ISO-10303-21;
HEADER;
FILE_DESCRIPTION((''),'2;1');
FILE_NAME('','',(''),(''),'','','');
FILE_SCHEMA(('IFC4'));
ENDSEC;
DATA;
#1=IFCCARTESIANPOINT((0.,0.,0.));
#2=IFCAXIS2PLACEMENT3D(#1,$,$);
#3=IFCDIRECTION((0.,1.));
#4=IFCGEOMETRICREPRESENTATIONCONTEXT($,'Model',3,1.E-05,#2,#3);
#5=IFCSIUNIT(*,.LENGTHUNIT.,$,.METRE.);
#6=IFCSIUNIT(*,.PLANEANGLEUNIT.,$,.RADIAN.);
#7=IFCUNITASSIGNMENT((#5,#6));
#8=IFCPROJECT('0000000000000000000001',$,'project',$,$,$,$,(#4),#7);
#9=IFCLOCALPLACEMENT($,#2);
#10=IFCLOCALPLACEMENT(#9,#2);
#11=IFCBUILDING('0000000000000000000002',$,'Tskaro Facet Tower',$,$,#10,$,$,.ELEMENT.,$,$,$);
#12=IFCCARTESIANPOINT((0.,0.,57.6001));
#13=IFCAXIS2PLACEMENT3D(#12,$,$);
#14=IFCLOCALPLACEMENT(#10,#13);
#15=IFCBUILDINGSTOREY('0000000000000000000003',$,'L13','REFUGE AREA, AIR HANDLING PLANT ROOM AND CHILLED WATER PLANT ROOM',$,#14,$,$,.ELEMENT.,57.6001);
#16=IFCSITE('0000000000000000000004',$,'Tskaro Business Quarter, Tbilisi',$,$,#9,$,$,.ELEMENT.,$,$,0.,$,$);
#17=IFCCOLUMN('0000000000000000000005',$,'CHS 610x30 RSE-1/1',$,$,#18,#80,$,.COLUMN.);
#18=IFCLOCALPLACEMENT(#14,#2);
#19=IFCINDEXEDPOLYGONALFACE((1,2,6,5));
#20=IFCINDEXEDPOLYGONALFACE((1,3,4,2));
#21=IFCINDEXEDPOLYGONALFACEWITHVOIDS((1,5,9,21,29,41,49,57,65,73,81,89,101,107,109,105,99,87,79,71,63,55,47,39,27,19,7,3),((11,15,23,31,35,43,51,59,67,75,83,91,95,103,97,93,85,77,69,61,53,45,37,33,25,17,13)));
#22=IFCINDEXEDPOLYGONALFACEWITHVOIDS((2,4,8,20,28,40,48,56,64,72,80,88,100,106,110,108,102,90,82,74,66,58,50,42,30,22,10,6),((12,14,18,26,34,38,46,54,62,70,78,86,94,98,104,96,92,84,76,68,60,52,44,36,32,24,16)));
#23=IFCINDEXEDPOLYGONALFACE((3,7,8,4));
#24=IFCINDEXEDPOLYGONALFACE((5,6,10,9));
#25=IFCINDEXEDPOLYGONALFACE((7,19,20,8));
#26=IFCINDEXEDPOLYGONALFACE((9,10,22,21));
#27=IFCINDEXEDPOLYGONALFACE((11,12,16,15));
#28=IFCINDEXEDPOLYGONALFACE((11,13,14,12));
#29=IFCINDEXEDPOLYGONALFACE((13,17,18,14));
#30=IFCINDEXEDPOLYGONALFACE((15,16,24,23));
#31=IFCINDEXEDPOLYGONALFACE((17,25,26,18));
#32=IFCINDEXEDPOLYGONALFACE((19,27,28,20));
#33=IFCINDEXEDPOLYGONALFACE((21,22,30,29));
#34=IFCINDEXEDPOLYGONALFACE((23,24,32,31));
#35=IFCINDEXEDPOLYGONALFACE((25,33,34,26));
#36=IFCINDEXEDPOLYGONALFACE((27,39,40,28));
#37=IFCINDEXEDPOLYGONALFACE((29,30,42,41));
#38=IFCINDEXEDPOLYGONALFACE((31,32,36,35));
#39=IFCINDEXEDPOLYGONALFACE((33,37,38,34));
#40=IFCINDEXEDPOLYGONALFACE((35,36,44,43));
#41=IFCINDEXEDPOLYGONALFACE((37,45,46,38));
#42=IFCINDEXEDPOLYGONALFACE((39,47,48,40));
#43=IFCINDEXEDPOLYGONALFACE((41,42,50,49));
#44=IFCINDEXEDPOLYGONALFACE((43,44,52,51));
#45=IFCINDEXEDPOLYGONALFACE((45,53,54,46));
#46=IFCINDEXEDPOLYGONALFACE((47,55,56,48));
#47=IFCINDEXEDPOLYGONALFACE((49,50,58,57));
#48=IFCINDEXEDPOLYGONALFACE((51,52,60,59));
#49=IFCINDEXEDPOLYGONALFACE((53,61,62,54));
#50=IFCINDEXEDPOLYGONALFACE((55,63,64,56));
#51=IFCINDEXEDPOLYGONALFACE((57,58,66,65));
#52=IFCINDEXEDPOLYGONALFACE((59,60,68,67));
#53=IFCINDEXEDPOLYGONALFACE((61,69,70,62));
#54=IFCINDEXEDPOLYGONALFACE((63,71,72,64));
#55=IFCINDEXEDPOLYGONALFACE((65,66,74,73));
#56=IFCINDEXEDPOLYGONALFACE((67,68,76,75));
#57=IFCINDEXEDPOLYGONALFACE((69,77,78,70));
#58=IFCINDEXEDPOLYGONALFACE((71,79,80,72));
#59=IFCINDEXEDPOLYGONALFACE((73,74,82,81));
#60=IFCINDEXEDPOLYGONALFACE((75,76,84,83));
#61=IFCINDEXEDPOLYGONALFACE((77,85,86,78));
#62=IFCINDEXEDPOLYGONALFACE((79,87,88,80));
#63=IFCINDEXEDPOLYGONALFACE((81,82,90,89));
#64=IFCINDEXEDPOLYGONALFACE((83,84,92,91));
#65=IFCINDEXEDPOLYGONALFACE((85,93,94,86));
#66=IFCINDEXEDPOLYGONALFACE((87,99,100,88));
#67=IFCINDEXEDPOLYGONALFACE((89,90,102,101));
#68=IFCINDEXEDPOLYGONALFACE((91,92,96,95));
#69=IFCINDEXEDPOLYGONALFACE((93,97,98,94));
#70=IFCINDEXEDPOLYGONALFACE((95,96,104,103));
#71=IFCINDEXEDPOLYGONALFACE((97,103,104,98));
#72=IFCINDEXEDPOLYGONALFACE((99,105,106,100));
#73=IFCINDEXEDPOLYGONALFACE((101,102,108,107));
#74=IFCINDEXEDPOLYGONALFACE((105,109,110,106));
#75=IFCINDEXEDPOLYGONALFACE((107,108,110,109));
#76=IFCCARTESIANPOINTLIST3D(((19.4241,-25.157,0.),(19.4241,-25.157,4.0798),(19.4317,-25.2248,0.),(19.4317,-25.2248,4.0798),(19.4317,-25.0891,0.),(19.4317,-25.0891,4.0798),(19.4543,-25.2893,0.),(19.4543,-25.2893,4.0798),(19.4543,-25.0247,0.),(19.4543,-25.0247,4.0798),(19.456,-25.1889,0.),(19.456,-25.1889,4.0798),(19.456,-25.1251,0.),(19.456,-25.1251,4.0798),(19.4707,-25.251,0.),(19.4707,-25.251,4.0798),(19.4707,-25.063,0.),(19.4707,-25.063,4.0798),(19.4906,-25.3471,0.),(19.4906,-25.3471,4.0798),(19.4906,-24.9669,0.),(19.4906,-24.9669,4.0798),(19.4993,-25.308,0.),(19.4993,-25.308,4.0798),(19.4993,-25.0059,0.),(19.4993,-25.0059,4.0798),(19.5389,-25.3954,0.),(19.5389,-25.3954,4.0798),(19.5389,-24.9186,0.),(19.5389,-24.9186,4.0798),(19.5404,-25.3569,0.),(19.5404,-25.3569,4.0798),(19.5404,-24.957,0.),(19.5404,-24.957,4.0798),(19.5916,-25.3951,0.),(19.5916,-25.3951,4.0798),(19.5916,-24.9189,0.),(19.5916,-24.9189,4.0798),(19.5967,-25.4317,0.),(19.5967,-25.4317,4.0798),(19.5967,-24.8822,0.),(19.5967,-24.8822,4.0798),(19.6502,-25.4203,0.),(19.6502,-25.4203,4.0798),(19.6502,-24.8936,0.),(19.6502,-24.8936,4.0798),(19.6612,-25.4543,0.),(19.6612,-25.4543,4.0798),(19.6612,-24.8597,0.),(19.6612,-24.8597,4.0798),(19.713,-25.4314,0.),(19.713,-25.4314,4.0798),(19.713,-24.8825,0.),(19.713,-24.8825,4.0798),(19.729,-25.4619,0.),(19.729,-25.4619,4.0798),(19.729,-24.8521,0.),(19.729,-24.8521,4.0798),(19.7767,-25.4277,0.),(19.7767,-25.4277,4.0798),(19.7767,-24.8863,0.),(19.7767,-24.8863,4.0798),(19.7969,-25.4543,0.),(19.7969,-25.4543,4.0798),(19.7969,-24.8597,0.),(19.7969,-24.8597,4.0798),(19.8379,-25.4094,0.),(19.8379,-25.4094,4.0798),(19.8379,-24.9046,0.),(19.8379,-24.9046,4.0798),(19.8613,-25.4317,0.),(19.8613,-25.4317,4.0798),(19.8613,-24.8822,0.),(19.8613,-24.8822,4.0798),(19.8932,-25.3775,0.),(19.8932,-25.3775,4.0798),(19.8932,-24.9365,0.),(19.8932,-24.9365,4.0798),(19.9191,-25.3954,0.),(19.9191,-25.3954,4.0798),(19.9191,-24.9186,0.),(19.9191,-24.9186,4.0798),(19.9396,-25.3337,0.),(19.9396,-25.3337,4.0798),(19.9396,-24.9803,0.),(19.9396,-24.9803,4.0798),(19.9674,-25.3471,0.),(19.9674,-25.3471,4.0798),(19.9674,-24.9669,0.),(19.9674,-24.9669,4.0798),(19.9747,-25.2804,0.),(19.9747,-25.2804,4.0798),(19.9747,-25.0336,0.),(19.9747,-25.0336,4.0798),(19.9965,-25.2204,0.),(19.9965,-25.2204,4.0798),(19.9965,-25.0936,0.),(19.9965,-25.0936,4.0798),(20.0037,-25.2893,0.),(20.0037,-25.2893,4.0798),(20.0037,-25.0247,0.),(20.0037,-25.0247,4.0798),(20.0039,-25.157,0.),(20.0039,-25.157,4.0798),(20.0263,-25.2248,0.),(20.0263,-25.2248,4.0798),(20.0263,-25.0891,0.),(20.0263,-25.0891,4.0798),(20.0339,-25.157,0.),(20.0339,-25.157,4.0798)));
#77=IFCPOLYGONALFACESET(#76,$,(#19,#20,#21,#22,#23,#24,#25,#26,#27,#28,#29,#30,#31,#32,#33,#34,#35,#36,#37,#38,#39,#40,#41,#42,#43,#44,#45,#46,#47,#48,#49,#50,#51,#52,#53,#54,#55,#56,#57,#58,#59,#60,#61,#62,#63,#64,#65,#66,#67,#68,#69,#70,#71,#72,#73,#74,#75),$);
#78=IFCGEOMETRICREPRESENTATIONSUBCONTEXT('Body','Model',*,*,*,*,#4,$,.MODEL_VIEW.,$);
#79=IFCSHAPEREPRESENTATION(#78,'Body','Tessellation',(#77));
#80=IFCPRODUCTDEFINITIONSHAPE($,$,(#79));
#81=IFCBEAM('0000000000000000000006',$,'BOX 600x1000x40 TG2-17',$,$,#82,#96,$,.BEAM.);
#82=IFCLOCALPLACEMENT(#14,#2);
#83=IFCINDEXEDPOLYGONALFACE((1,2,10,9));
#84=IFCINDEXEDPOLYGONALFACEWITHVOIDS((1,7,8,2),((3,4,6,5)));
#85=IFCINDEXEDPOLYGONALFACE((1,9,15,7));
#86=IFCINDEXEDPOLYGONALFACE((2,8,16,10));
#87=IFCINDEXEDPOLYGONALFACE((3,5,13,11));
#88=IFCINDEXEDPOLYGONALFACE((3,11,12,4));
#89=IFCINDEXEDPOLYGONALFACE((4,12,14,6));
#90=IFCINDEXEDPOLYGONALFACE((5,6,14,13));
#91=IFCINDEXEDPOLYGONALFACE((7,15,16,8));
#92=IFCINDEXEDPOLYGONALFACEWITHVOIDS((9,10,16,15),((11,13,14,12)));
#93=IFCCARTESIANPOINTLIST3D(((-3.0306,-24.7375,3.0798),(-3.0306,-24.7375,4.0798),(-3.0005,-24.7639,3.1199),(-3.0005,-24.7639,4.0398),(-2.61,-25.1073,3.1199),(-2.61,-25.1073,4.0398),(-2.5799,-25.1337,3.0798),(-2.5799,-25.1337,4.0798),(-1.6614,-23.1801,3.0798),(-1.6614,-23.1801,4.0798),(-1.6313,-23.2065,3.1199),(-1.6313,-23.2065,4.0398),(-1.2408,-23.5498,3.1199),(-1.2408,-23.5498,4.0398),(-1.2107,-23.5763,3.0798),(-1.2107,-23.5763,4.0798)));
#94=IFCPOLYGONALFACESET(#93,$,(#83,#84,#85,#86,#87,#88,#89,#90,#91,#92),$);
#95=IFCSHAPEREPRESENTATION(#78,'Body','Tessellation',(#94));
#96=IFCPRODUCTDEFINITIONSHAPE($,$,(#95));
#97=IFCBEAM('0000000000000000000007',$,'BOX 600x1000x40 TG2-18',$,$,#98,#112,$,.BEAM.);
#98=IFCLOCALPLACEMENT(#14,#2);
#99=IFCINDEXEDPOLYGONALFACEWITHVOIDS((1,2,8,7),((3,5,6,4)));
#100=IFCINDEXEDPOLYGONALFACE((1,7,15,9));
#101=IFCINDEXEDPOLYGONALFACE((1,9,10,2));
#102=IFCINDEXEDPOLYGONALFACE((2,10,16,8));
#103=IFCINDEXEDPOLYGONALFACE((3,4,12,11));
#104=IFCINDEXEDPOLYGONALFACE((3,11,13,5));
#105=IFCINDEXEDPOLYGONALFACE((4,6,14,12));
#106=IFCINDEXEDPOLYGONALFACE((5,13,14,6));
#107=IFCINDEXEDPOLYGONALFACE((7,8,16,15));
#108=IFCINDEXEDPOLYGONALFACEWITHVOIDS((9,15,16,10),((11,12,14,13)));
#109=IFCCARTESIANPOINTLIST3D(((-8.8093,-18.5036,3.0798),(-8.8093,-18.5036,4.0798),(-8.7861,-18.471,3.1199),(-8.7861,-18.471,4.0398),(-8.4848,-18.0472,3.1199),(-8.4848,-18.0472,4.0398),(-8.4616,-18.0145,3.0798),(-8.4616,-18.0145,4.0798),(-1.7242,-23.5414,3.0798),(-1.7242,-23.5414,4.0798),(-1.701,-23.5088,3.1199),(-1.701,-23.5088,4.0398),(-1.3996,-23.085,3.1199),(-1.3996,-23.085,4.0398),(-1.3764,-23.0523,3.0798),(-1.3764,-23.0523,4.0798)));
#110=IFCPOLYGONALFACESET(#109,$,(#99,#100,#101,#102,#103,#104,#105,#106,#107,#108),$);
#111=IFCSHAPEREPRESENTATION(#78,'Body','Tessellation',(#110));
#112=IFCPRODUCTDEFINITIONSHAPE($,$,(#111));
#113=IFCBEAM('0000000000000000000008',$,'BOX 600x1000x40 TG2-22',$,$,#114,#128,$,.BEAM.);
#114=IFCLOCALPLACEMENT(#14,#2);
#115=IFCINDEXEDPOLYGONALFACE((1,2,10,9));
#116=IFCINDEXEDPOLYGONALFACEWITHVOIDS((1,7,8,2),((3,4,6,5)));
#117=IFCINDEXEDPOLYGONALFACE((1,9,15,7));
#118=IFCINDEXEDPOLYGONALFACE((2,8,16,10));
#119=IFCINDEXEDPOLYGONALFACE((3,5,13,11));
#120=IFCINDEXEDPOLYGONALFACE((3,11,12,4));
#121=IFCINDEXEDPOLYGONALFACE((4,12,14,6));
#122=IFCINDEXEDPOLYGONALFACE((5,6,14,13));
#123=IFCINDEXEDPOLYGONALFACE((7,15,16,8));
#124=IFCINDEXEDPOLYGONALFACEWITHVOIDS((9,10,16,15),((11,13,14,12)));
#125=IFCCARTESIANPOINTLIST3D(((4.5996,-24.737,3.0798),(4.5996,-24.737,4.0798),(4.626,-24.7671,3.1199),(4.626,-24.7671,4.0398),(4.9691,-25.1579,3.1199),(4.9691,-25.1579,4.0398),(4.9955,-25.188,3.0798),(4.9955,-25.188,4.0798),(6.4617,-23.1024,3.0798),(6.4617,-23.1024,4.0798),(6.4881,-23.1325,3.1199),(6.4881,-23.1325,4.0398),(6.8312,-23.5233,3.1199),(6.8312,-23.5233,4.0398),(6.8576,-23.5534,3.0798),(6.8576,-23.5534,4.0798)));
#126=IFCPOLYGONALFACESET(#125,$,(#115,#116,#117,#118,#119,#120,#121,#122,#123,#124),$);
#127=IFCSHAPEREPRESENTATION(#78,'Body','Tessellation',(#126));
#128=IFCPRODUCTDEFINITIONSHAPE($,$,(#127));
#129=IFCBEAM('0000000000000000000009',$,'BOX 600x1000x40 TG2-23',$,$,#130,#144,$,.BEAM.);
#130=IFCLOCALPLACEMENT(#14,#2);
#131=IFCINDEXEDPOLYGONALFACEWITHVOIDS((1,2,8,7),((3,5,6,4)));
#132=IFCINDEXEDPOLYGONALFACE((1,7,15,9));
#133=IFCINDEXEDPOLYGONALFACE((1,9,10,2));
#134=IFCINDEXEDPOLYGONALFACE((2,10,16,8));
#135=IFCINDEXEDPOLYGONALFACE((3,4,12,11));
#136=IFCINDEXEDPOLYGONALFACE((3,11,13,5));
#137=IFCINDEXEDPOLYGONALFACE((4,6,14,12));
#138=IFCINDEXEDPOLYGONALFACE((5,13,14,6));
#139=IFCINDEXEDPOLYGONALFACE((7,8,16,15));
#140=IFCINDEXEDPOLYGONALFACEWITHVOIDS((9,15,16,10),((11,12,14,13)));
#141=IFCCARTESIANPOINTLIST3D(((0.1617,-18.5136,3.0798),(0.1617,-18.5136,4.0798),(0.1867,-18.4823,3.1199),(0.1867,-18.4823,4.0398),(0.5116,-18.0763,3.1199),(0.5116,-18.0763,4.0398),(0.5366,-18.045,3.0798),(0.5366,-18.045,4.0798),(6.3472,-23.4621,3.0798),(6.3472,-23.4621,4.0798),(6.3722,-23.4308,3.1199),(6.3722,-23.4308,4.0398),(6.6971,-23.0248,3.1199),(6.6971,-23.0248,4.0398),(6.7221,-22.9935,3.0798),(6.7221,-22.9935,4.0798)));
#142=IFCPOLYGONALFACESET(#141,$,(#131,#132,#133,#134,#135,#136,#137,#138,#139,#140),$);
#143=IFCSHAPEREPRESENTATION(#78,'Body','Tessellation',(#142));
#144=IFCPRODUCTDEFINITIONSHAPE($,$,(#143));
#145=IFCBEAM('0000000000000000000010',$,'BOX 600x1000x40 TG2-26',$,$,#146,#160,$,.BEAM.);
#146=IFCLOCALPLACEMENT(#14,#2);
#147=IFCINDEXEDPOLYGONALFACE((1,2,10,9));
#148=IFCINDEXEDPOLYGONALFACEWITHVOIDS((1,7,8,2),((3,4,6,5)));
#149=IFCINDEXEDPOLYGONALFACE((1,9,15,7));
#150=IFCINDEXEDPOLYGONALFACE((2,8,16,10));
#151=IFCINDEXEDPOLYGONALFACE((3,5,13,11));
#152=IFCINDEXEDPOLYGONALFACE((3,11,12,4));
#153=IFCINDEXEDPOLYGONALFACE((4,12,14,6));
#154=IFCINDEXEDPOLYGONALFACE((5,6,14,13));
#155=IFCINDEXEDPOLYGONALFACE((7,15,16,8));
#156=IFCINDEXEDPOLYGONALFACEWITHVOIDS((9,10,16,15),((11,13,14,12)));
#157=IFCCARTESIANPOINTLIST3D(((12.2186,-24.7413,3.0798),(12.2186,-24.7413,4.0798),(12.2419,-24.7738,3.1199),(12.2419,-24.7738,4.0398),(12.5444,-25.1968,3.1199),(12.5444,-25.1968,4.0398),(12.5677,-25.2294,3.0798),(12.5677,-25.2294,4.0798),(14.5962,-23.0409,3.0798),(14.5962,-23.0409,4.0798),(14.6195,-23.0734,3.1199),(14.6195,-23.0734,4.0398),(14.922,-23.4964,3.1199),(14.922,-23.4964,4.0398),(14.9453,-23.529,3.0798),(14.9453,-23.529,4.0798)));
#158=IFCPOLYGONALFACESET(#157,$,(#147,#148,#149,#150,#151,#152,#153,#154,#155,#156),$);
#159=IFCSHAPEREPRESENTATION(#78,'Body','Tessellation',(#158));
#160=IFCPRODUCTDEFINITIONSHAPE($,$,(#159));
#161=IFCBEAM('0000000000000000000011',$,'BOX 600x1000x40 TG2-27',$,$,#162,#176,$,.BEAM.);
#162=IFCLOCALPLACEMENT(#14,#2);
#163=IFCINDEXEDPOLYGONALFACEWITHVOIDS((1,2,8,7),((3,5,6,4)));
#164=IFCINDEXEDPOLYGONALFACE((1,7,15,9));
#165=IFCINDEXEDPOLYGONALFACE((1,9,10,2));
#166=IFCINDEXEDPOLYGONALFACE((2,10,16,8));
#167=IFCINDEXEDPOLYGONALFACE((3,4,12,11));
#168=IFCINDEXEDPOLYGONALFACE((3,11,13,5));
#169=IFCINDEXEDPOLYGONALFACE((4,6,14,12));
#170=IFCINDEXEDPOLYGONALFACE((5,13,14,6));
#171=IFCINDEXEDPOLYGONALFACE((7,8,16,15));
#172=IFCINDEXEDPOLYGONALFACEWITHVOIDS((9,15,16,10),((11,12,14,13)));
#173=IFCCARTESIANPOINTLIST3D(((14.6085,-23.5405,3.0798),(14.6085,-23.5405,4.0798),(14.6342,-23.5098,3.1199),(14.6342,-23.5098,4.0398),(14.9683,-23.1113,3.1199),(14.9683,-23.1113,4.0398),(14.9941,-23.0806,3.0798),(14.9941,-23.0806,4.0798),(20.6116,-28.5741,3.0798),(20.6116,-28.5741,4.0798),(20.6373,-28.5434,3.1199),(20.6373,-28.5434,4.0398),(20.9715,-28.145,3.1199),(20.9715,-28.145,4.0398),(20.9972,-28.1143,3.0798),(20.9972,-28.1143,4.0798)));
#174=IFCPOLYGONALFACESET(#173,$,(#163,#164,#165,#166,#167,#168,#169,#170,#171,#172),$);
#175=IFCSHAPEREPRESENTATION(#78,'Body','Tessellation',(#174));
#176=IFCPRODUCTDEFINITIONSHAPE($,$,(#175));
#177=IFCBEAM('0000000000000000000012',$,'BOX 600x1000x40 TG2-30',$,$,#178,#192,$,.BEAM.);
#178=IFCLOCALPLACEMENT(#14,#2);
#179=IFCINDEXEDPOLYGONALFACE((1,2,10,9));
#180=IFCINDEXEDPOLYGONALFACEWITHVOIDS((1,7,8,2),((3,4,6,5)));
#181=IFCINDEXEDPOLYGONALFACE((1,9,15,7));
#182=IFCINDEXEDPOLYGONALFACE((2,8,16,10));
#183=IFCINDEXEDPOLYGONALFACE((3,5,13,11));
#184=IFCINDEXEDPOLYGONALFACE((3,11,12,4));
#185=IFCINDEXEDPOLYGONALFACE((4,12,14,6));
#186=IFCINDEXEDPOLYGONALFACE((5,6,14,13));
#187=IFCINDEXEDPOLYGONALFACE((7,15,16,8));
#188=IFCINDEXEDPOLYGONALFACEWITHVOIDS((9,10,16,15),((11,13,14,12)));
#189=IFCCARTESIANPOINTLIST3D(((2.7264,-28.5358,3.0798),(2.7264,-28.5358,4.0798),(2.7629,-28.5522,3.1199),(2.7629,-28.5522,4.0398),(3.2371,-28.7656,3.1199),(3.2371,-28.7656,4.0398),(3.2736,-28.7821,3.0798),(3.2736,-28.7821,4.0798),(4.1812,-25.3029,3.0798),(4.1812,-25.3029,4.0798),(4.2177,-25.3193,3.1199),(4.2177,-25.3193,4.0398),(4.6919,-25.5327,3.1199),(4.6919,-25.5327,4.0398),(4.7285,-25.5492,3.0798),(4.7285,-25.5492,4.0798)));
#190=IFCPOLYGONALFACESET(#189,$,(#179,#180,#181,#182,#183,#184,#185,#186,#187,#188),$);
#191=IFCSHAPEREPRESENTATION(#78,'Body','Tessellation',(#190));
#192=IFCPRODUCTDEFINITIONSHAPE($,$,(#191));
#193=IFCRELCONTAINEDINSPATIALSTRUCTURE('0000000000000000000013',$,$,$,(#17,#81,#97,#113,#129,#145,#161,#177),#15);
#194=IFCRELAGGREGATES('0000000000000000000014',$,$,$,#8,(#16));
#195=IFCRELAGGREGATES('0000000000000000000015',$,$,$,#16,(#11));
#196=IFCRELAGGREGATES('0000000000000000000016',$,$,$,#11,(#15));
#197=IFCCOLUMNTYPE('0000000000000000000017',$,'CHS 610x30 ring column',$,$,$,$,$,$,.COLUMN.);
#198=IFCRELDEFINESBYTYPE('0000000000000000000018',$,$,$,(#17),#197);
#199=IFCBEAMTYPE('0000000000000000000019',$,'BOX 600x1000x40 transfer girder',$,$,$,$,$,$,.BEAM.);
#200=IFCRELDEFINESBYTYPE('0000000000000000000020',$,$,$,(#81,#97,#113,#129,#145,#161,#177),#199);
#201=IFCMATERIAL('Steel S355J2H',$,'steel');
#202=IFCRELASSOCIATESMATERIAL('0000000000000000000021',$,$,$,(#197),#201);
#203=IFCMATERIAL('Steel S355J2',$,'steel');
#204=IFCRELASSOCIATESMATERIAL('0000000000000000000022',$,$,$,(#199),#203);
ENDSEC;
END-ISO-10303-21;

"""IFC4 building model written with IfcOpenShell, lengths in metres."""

from ifc_helpers import new_model, si_unit, direction, frame, origin, origin_2d, place, context, subcontext, project, spatial, hollow_rectangle, hollow_circle, extrude, material, material_profile, profile_set, type_object, element, save


model = new_model("IFC4")

# Units and contexts
model_context = context("Model", 3, precision=1e-05, world=origin(), true_north=direction((0.0, 1.0)))
body_context = subcontext(model_context, "Body", "Model", "MODEL_VIEW")
ifc_project = project(units=[si_unit("LENGTHUNIT", "METRE"), si_unit("PLANEANGLEUNIT", "RADIAN")], contexts=[model_context])

# Site, building, storey
site_placement = place(None, origin())
site = spatial("IfcSite", under=ifc_project, at=site_placement, Name="Tskaro Business Quarter, Tbilisi", CompositionType="ELEMENT", RefElevation=0.0)
building_placement = place(site_placement, origin())
building = spatial("IfcBuilding", under=site, at=building_placement, Name="Tskaro Facet Tower", CompositionType="ELEMENT")
storey_placement = place(building_placement, frame((0.0, 0.0, 57.6001)))
storey = spatial("IfcBuildingStorey", under=building, at=storey_placement, Name="L13", Description="REFUGE AREA, AIR HANDLING PLANT ROOM AND CHILLED WATER PLANT ROOM", CompositionType="ELEMENT", Elevation=57.6001)

# Column
ifc_material_1 = material(Name="Steel S355J2H", Category="steel")
ifc_material_profile_1 = material_profile(ifc_material_1, hollow_circle(Radius=0.3049, WallThickness=0.03, at=origin_2d()), Name="CHS 610x30")
ifc_profile_set_1 = profile_set([ifc_material_profile_1], Name="Steel S355J2H")
column_type_1 = type_object("IfcColumnType", Name="CHS 610x30 ring column", PredefinedType="COLUMN", material=ifc_profile_set_1)
for number, where, z_axis, x_axis, name in (
    (1, (19.729, -25.157, 0.0), (0.0, 0.0, 1.0), (1.0, 0.0, 0.0), "CHS 610x30 RSE-1/1"),
):
    element("IfcColumn", number, at=place(storey_placement, frame(where, z_axis=z_axis, x_axis=x_axis)), inside=storey, type_object=column_type_1, Name=name, PredefinedType="COLUMN", context=body_context, shape_type="SweptSolid", body=[
        extrude(hollow_circle(Radius=0.3049, WallThickness=0.03, at=origin_2d()), origin(), (0.0, 0.0, 1.0), 4.0798),
    ])

# Beams
ifc_material_2 = material(Name="Steel S355J2", Category="steel")
ifc_material_profile_2 = material_profile(ifc_material_2, hollow_rectangle(XDim=0.6001, YDim=1.0, WallThickness=0.04, at=origin_2d()), Name="BOX 600x1000x40")
ifc_profile_set_2 = profile_set([ifc_material_profile_2], Name="Steel S355J2")
beam_type_1 = type_object("IfcBeamType", Name="BOX 600x1000x40 transfer girder", PredefinedType="BEAM", material=ifc_profile_set_2)
beam_1_placement = place(storey_placement, frame((-1.436, -23.3782, 3.5798), z_axis=(-0.660262, -0.751036, 0.0), x_axis=(0.751036, -0.660262, 0.0)))
element("IfcBeam", 2, at=beam_1_placement, inside=storey, type_object=beam_type_1, Name="BOX 600x1000x40 TG2-17", PredefinedType="BEAM", context=body_context, shape_type="SweptSolid", body=[
    extrude(hollow_rectangle(XDim=0.6001, YDim=1.0, WallThickness=0.04, at=origin_2d()), origin(), (0.0, 0.0, 1.0), 2.0737),
])
beam_2_placement = place(storey_placement, frame((-1.5503, -23.2969, 3.5798), z_axis=(-0.814984, 0.579484, 0.0), x_axis=(-0.579484, -0.814984, 0.0)))
element("IfcBeam", 3, at=beam_2_placement, inside=storey, type_object=beam_type_1, Name="BOX 600x1000x40 TG2-18", PredefinedType="BEAM", context=body_context, shape_type="SweptSolid", body=[
    extrude(hollow_rectangle(XDim=0.6001, YDim=1.0, WallThickness=0.04, at=origin_2d()), origin(), (0.0, 0.0, 1.0), 8.6936),
])
beam_3_placement = place(storey_placement, frame((6.6597, -23.3279, 3.5798), z_axis=(-0.751532, -0.659697, 0.0), x_axis=(0.659697, -0.751532, 0.0)))
element("IfcBeam", 4, at=beam_3_placement, inside=storey, type_object=beam_type_1, Name="BOX 600x1000x40 TG2-22", PredefinedType="BEAM", context=body_context, shape_type="SweptSolid", body=[
    extrude(hollow_rectangle(XDim=0.6001, YDim=1.0, WallThickness=0.04, at=origin_2d()), origin(), (0.0, 0.0, 1.0), 2.4778),
])
beam_4_placement = place(storey_placement, frame((6.5347, -23.2278, 3.5798), z_axis=(-0.780866, 0.624699, 0.0), x_axis=(-0.624699, -0.780866, 0.0)))
element("IfcBeam", 5, at=beam_4_placement, inside=storey, type_object=beam_type_1, Name="BOX 600x1000x40 TG2-23", PredefinedType="BEAM", context=body_context, shape_type="SweptSolid", body=[
    extrude(hollow_rectangle(XDim=0.6001, YDim=1.0, WallThickness=0.04, at=origin_2d()), origin(), (0.0, 0.0, 1.0), 7.9214),
])
beam_5_placement = place(storey_placement, frame((14.7708, -23.2849, 3.5798), z_axis=(-0.813395, -0.581712, 0.0), x_axis=(0.581712, -0.813395, 0.0)))
element("IfcBeam", 6, at=beam_5_placement, inside=storey, type_object=beam_type_1, Name="BOX 600x1000x40 TG2-26", PredefinedType="BEAM", context=body_context, shape_type="SweptSolid", body=[
    extrude(hollow_rectangle(XDim=0.6001, YDim=1.0, WallThickness=0.04, at=origin_2d()), origin(), (0.0, 0.0, 1.0), 2.9231),
])
beam_6_placement = place(storey_placement, frame((14.8013, -23.3105, 3.5798), z_axis=(0.766269, -0.64252, 0.0), x_axis=(0.64252, 0.766269, 0.0)))
element("IfcBeam", 7, at=beam_6_placement, inside=storey, type_object=beam_type_1, Name="BOX 600x1000x40 TG2-27", PredefinedType="BEAM", context=body_context, shape_type="SweptSolid", body=[
    extrude(hollow_rectangle(XDim=0.6001, YDim=1.0, WallThickness=0.04, at=origin_2d()), origin(), (0.0, 0.0, 1.0), 7.8342),
])
beam_7_placement = place(storey_placement, frame((3.0, -28.6589, 3.5798), z_axis=(0.41037, 0.911919, 0.0), x_axis=(-0.911919, 0.41037, 0.0)))
element("IfcBeam", 8, at=beam_7_placement, inside=storey, type_object=beam_type_1, Name="BOX 600x1000x40 TG2-30", PredefinedType="BEAM", context=body_context, shape_type="SweptSolid", body=[
    extrude(hollow_rectangle(XDim=0.6001, YDim=1.0, WallThickness=0.04, at=origin_2d()), origin(), (0.0, 0.0, 1.0), 3.5452),
])

save(model, "model.ifc")
